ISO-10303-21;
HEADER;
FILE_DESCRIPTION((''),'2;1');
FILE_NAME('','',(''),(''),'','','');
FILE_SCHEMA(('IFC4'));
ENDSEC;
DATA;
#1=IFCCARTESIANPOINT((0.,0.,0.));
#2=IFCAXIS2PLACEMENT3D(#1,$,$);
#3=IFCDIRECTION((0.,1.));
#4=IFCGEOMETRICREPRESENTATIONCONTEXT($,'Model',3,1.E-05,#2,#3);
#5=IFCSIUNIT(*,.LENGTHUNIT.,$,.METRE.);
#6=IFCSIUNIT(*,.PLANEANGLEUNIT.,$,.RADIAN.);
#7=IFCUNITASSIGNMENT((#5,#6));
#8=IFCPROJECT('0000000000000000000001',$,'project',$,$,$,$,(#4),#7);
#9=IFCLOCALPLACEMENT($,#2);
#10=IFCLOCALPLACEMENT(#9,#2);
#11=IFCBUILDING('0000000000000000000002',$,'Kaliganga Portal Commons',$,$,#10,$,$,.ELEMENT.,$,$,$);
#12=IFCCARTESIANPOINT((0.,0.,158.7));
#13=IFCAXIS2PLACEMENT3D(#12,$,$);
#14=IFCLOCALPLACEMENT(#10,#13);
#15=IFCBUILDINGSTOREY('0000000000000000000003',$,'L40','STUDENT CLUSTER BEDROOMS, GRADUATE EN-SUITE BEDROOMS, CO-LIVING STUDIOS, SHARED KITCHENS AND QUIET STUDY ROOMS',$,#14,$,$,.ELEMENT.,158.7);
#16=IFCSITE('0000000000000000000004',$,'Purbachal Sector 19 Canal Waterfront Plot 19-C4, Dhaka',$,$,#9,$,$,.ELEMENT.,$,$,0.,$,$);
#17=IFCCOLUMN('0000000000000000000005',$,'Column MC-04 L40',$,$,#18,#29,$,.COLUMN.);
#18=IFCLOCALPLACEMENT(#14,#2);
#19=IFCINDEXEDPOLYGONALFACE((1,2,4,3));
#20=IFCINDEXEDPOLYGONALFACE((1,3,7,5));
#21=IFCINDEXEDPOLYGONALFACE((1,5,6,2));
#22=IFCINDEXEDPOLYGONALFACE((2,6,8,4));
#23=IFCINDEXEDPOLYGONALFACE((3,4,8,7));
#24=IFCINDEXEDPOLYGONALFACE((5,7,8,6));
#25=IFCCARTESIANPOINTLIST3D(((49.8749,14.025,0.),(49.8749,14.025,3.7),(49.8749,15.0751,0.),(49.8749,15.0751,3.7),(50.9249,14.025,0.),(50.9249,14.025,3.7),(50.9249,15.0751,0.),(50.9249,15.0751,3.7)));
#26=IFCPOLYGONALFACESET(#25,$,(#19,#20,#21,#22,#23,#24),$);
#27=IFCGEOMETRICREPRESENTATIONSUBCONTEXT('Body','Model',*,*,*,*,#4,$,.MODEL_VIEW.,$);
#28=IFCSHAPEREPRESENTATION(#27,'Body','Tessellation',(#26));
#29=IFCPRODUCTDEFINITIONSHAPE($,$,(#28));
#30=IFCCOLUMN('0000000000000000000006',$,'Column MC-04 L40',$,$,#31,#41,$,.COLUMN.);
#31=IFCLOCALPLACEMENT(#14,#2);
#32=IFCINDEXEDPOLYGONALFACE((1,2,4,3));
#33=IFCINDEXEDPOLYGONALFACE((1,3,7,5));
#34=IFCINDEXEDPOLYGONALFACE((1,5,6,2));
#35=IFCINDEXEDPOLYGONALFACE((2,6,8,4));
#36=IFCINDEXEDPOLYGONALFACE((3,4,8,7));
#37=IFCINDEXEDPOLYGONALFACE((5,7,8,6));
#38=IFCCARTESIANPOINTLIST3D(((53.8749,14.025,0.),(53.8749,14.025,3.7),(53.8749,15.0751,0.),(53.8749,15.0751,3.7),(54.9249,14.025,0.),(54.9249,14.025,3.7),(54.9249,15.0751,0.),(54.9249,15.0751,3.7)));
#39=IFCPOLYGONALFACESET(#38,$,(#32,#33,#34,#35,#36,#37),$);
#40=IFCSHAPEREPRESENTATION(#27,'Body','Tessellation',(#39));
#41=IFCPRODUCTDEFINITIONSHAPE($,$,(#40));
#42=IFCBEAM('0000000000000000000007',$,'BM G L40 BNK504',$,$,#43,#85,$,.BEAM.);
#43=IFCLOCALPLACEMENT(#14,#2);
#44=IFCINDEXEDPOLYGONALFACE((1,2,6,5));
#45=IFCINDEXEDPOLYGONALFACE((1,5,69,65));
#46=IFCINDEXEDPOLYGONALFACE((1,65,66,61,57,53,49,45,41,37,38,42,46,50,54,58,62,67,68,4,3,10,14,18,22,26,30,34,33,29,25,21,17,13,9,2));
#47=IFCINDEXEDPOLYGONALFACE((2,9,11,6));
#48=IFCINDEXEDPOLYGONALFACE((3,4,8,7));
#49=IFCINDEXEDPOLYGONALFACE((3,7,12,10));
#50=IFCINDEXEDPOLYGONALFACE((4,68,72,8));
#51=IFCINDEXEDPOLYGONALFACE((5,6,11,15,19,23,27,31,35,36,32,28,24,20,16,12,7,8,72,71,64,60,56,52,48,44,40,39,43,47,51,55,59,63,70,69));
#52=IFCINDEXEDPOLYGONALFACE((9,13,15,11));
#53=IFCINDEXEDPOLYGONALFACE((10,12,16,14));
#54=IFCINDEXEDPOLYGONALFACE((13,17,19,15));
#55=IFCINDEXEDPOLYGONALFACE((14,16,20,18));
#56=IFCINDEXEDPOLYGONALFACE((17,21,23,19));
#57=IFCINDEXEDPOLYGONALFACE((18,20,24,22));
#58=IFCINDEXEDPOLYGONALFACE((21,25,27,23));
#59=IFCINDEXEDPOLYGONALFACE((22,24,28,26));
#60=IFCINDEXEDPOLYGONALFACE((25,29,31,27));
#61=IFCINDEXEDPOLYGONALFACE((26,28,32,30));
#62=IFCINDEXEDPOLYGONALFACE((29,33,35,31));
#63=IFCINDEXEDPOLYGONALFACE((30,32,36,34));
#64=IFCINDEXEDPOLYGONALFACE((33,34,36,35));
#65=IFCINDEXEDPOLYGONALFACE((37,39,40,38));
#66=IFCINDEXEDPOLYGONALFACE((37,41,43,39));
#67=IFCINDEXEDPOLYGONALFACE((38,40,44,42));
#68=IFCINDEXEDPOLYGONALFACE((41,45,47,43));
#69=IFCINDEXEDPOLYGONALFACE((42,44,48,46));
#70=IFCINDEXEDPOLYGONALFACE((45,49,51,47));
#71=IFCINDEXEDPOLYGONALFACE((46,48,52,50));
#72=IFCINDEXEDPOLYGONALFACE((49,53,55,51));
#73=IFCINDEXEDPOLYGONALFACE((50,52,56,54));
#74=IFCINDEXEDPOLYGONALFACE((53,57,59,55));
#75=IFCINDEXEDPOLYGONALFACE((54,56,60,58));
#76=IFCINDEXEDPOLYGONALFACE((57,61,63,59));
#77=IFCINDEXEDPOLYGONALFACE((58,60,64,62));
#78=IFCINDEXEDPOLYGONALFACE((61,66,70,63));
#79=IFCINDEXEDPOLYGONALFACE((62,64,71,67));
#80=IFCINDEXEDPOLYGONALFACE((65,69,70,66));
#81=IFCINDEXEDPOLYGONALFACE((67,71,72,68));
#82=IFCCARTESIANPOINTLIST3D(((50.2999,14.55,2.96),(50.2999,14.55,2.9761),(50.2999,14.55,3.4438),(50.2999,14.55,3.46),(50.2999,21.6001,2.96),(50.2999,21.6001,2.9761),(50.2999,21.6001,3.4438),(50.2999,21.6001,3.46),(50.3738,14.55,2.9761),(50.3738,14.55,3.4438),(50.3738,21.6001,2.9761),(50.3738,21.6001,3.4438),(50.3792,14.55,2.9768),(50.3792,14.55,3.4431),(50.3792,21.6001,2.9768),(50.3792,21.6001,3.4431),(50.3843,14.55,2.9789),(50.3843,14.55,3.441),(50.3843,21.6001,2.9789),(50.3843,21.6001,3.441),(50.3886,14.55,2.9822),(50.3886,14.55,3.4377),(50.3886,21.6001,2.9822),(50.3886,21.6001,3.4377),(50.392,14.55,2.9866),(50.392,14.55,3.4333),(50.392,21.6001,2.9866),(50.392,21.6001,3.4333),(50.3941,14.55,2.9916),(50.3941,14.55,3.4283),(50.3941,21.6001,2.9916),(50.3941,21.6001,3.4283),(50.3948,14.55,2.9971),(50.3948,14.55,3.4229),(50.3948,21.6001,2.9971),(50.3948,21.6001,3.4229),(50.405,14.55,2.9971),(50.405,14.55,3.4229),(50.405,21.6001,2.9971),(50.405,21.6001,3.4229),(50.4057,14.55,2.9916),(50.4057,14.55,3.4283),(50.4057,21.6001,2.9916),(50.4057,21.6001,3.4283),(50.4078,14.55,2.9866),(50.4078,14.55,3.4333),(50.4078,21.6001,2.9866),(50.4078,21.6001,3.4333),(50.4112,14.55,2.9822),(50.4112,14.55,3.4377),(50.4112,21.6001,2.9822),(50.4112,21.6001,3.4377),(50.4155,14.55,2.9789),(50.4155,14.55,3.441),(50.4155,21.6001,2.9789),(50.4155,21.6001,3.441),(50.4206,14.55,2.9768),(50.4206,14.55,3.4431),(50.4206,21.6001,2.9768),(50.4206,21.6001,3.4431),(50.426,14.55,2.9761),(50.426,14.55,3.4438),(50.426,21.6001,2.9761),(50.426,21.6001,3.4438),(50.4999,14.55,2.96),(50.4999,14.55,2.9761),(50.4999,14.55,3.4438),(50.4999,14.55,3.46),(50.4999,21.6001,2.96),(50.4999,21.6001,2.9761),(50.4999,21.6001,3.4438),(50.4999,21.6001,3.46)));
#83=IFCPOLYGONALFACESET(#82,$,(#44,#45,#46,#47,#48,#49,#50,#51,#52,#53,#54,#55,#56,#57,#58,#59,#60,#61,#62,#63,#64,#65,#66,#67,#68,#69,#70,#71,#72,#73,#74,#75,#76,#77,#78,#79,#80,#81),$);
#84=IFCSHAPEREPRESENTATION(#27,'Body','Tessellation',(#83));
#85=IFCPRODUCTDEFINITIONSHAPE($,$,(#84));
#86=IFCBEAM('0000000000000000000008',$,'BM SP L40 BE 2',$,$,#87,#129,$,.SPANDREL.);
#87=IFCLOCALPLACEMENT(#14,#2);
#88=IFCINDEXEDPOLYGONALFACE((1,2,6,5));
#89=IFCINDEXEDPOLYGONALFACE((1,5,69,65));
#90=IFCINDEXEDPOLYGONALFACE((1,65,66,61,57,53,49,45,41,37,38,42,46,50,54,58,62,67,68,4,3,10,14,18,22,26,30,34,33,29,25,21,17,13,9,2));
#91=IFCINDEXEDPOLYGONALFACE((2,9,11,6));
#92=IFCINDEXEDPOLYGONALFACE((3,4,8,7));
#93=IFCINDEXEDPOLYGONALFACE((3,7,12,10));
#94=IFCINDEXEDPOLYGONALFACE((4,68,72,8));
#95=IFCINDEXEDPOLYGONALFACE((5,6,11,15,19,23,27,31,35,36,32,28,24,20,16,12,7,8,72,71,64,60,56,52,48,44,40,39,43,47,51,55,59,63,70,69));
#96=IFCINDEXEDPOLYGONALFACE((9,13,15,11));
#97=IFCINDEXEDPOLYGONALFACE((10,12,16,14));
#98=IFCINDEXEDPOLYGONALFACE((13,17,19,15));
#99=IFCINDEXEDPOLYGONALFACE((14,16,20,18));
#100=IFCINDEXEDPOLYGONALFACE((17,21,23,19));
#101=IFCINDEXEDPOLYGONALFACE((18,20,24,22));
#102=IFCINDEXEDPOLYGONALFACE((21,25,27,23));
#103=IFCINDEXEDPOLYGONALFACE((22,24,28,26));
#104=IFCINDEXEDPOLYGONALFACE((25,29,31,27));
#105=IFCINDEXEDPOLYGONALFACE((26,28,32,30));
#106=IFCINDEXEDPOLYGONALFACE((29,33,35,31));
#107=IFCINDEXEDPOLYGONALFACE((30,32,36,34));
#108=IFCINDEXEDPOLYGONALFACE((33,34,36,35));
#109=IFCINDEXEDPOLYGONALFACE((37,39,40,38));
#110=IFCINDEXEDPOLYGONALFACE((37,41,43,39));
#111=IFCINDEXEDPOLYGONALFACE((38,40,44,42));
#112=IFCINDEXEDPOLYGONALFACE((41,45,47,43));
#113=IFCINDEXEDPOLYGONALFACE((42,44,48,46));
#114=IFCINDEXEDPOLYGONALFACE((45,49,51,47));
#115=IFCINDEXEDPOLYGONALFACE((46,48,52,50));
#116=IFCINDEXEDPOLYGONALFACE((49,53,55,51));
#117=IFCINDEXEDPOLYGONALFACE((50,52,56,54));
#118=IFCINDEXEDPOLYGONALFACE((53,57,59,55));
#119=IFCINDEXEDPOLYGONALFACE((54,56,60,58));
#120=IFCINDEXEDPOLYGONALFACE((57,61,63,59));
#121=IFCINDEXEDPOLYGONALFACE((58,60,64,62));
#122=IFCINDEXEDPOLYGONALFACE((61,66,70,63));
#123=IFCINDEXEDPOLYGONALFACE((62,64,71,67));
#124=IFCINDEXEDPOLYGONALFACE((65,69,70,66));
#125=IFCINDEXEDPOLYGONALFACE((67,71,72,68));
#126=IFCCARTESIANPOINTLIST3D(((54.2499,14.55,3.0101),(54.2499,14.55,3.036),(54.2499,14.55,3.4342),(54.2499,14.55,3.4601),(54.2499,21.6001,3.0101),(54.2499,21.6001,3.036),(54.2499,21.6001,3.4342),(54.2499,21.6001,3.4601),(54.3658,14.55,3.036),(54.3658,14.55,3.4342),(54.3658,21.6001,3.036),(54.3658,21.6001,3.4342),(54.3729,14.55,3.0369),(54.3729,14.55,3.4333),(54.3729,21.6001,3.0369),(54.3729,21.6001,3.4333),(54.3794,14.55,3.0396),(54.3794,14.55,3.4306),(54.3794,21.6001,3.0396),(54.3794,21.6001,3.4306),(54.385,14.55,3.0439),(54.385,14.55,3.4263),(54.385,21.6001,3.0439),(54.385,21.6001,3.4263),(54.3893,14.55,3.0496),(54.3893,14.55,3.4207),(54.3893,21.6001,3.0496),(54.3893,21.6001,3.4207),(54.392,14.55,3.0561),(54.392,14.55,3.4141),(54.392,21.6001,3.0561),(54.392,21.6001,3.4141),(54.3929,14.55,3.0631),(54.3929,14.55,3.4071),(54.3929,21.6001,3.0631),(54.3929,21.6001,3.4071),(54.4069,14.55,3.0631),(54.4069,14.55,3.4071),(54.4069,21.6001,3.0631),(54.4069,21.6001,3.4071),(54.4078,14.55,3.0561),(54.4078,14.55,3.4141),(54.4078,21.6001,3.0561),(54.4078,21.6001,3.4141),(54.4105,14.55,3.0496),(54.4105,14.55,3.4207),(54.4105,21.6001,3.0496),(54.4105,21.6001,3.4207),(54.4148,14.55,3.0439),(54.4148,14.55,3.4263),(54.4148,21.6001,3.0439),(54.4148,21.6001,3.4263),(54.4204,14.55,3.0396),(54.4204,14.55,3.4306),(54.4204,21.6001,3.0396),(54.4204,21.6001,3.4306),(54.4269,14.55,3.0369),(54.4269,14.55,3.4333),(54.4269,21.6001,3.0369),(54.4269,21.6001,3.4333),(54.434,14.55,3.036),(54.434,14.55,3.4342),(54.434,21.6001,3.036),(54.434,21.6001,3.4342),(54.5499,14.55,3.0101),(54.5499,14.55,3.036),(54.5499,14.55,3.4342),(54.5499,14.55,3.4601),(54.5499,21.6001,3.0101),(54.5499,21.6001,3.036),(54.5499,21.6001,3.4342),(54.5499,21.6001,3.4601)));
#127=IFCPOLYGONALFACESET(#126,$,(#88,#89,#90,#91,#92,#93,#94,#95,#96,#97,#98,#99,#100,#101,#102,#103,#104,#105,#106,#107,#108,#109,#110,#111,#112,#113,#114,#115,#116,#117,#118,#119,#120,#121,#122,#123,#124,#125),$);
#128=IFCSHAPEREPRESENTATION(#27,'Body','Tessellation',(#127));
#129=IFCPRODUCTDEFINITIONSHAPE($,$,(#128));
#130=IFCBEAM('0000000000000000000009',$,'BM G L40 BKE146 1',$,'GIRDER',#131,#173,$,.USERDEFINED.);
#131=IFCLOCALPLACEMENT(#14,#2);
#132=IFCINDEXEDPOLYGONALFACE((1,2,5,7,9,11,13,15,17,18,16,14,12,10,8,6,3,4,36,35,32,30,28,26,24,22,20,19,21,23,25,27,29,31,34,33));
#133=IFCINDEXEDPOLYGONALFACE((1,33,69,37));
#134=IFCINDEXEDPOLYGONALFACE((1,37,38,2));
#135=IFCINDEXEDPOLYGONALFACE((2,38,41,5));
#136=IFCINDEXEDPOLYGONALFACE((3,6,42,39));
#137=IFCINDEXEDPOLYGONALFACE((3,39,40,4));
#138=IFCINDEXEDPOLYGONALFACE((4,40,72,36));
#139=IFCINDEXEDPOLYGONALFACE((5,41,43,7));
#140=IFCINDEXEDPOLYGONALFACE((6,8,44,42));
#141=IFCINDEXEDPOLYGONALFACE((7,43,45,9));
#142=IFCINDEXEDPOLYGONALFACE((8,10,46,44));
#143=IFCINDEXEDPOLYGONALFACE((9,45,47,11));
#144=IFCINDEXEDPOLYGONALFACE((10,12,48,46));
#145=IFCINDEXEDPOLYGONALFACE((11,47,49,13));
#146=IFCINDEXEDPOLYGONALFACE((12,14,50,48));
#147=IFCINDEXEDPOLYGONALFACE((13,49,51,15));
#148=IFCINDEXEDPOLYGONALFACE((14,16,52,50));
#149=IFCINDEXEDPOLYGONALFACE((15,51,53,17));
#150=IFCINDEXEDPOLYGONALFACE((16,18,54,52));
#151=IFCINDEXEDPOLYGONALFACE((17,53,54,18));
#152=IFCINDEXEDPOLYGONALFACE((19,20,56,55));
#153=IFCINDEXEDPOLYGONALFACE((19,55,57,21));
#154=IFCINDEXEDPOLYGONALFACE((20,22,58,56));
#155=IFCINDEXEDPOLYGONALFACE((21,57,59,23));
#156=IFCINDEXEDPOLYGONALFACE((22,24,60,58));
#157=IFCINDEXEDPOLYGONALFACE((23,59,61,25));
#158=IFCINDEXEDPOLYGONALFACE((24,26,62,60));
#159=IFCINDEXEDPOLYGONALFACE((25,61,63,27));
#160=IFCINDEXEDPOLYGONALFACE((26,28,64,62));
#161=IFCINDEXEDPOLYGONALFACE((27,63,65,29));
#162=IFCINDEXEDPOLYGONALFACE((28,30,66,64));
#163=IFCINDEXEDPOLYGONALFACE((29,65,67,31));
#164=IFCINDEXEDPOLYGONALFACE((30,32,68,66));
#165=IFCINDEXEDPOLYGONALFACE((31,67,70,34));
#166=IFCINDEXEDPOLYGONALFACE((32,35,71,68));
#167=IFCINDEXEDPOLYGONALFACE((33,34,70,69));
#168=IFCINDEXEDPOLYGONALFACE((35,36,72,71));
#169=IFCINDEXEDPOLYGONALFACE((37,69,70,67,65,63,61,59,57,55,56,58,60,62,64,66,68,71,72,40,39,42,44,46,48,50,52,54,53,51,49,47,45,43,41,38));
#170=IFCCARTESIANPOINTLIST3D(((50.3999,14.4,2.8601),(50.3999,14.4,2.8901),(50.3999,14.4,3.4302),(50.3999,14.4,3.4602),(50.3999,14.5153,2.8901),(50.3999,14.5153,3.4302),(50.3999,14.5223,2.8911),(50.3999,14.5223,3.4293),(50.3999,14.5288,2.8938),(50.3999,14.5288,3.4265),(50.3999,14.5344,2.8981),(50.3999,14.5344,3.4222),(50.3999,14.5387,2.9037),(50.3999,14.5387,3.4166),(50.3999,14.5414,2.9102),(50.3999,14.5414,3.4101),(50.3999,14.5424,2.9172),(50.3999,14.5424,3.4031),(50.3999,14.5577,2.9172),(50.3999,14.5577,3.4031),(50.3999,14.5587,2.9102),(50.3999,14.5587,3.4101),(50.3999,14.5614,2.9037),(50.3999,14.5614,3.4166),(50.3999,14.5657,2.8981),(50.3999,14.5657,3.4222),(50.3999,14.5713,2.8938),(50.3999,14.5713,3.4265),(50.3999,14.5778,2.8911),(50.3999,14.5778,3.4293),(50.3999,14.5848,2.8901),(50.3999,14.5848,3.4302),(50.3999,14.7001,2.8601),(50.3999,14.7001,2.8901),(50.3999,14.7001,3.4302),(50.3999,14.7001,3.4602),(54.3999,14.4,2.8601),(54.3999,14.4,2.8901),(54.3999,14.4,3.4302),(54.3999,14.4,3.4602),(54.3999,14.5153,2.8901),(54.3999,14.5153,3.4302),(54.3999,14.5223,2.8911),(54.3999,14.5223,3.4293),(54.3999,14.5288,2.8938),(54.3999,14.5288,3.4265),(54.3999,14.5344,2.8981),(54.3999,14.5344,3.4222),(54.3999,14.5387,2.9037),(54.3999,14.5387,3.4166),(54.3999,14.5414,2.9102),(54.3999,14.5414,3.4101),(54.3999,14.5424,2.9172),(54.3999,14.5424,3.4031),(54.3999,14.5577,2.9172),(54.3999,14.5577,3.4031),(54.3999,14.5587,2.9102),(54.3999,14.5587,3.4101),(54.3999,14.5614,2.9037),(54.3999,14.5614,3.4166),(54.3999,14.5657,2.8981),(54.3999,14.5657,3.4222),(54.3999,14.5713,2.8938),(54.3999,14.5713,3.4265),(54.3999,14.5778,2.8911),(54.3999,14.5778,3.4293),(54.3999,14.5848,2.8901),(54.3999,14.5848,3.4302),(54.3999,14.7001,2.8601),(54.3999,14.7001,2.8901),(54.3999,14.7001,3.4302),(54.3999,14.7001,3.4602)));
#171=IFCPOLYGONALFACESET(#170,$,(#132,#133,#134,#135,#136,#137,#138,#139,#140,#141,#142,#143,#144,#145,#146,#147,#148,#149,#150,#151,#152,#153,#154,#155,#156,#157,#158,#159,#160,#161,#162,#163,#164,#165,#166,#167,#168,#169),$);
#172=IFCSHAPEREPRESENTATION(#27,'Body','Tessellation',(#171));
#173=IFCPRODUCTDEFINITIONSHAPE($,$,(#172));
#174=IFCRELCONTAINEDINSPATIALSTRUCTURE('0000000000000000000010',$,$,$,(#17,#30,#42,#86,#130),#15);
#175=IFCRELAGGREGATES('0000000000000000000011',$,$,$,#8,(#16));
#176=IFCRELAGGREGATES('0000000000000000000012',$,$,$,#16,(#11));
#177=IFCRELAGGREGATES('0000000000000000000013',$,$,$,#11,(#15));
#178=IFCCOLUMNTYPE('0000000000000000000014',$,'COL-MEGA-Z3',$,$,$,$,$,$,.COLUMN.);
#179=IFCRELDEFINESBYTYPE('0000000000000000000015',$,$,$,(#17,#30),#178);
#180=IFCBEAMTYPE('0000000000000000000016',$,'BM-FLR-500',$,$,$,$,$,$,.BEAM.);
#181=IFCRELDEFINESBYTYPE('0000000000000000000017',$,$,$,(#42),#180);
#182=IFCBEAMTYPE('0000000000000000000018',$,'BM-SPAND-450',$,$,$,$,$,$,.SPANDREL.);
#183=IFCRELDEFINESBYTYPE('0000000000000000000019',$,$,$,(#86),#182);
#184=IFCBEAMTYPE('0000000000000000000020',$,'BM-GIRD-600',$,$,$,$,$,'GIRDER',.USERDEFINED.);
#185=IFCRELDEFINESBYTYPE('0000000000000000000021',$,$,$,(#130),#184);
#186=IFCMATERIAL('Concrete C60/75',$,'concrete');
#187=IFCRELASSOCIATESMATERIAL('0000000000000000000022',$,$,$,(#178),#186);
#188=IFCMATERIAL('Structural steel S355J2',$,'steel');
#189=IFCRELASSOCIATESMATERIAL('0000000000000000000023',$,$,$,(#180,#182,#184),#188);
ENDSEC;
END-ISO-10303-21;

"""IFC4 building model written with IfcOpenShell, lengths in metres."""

from ifc_helpers import new_model, si_unit, direction, frame, origin, origin_2d, place, context, subcontext, project, spatial, rectangle, i_section, extrude, source, transform, mapped, material, material_profile, profile_set, type_object, element, save


model = new_model("IFC4")

# Units and contexts
model_context = context("Model", 3, precision=1e-05, world=origin(), true_north=direction((0.0, 1.0)))
body_context = subcontext(model_context, "Body", "Model", "MODEL_VIEW")
ifc_project = project(units=[si_unit("LENGTHUNIT", "METRE"), si_unit("PLANEANGLEUNIT", "RADIAN")], contexts=[model_context])

# Site, building, storey
site_placement = place(None, origin())
site = spatial("IfcSite", under=ifc_project, at=site_placement, Name="Purbachal Sector 19 Canal Waterfront Plot 19-C4, Dhaka", CompositionType="ELEMENT", RefElevation=0.0)
building_placement = place(site_placement, origin())
building = spatial("IfcBuilding", under=site, at=building_placement, Name="Kaliganga Portal Commons", CompositionType="ELEMENT")
storey_placement = place(building_placement, frame((0.0, 0.0, 158.7)))
storey = spatial("IfcBuildingStorey", under=building, at=storey_placement, Name="L40", Description="STUDENT CLUSTER BEDROOMS, GRADUATE EN-SUITE BEDROOMS, CO-LIVING STUDIOS, SHARED KITCHENS AND QUIET STUDY ROOMS", CompositionType="ELEMENT", Elevation=158.7)

# Columns
ifc_material_1 = material(Name="Concrete C60/75", Category="concrete")
ifc_material_profile_1 = material_profile(ifc_material_1, rectangle(XDim=1.05, YDim=1.05, at=origin_2d()), Name="RC 1050x1050")
ifc_profile_set_1 = profile_set([ifc_material_profile_1], Name="Concrete C60/75")
column_type = type_object("IfcColumnType", Name="COL-MEGA-Z3", PredefinedType="COLUMN", material=ifc_profile_set_1)
shared_shape_1 = source(origin(), body_context, "Body", "SweptSolid", [
    extrude(rectangle(XDim=1.05, YDim=1.05, at=origin_2d()), origin(), (0.0, 0.0, 1.0), 3.7),
])
for number, where, z_axis, x_axis, name in (
    (1, (50.3999, 14.55, 0.0), (0.0, 0.0, 1.0), (1.0, 0.0, 0.0), "Column MC-04 L40"),
    (2, (54.3999, 14.55, 0.0), (0.0, 0.0, 1.0), (1.0, 0.0, 0.0), "Column MC-04 L40"),
):
    element("IfcColumn", number, at=place(storey_placement, frame(where, z_axis=z_axis, x_axis=x_axis)), inside=storey, type_object=column_type, Name=name, PredefinedType="COLUMN", context=body_context, shape_type="MappedRepresentation", body=[
        mapped(shared_shape_1, transform((0.0, 0.0, 0.0), x_axis=(1.0, 0.0, 0.0), y_axis=(0.0, 1.0, 0.0), z_axis=(0.0, 0.0, 1.0), scale=1.0)),
    ])

# Beams
ifc_material_2 = material(Name="Structural steel S355J2", Category="steel")
ifc_material_profile_2 = material_profile(ifc_material_2, i_section(OverallWidth=0.2, OverallDepth=0.5, WebThickness=0.0103, FlangeThickness=0.0161, FilletRadius=0.021, at=origin_2d()), Name="IPE 500")
ifc_profile_set_2 = profile_set([ifc_material_profile_2], Name="Structural steel S355J2 wide-flange")
beam_type_1 = type_object("IfcBeamType", Name="BM-FLR-500", PredefinedType="BEAM", material=ifc_profile_set_2)
shared_shape_2 = source(origin(), body_context, "Body", "SweptSolid", [
    extrude(i_section(OverallWidth=0.2, OverallDepth=0.5, WebThickness=0.0103, FlangeThickness=0.0161, FilletRadius=0.021, at=origin_2d()), origin(), (0.0, 0.0, 1.0), 7.05),
])
beam_1_placement = place(storey_placement, frame((50.3999, 14.55, 3.21), z_axis=(0.0, 1.0, 0.0), x_axis=(-1.0, 0.0, 0.0)))
element("IfcBeam", 3, at=beam_1_placement, inside=storey, type_object=beam_type_1, Name="BM G L40 BNK504", PredefinedType="BEAM", context=body_context, shape_type="MappedRepresentation", body=[
    mapped(shared_shape_2, transform((0.0, 0.0, 0.0), x_axis=(1.0, 0.0, 0.0), y_axis=(0.0, 1.0, 0.0), z_axis=(0.0, 0.0, 1.0), scale=1.0)),
])
ifc_material_profile_3 = material_profile(ifc_material_2, i_section(OverallWidth=0.3, OverallDepth=0.45, WebThickness=0.0139, FlangeThickness=0.0259, FilletRadius=0.0271, at=origin_2d()), Name="HE 450 B")
ifc_profile_set_3 = profile_set([ifc_material_profile_3], Name="Structural steel S355J2 wide-flange")
beam_type_2 = type_object("IfcBeamType", Name="BM-SPAND-450", PredefinedType="SPANDREL", material=ifc_profile_set_3)
shared_shape_3 = source(origin(), body_context, "Body", "SweptSolid", [
    extrude(i_section(OverallWidth=0.3, OverallDepth=0.45, WebThickness=0.0139, FlangeThickness=0.0259, FilletRadius=0.0271, at=origin_2d()), origin(), (0.0, 0.0, 1.0), 7.05),
])
beam_2_placement = place(storey_placement, frame((54.3999, 14.55, 3.2351), z_axis=(0.0, 1.0, 0.0), x_axis=(-1.0, 0.0, 0.0)))
element("IfcBeam", 4, at=beam_2_placement, inside=storey, type_object=beam_type_2, Name="BM SP L40 BE 2", PredefinedType="SPANDREL", context=body_context, shape_type="MappedRepresentation", body=[
    mapped(shared_shape_3, transform((0.0, 0.0, 0.0), x_axis=(1.0, 0.0, 0.0), y_axis=(0.0, 1.0, 0.0), z_axis=(0.0, 0.0, 1.0), scale=1.0)),
])
ifc_material_profile_4 = material_profile(ifc_material_2, i_section(OverallWidth=0.3, OverallDepth=0.6001, WebThickness=0.0154, FlangeThickness=0.03, FilletRadius=0.0271, at=origin_2d()), Name="HE 600 B")
ifc_profile_set_4 = profile_set([ifc_material_profile_4], Name="Structural steel S355J2 wide-flange")
beam_type_3 = type_object("IfcBeamType", Name="BM-GIRD-600", ElementType="GIRDER", PredefinedType="USERDEFINED", material=ifc_profile_set_4)
shared_shape_4 = source(origin(), body_context, "Body", "SweptSolid", [
    extrude(i_section(OverallWidth=0.3, OverallDepth=0.6001, WebThickness=0.0154, FlangeThickness=0.03, FilletRadius=0.0271, at=origin_2d()), origin(), (0.0, 0.0, 1.0), 4.0),
])
beam_3_placement = place(storey_placement, frame((50.3999, 14.55, 3.1602), z_axis=(1.0, 0.0, 0.0), x_axis=(0.0, 1.0, 0.0)))
element("IfcBeam", 5, at=beam_3_placement, inside=storey, type_object=beam_type_3, Name="BM G L40 BKE146 1", ObjectType="GIRDER", PredefinedType="USERDEFINED", context=body_context, shape_type="MappedRepresentation", body=[
    mapped(shared_shape_4, transform((0.0, 0.0, 0.0), x_axis=(1.0, 0.0, 0.0), y_axis=(0.0, 1.0, 0.0), z_axis=(0.0, 0.0, 1.0), scale=1.0)),
])

save(model, "model.ifc")
